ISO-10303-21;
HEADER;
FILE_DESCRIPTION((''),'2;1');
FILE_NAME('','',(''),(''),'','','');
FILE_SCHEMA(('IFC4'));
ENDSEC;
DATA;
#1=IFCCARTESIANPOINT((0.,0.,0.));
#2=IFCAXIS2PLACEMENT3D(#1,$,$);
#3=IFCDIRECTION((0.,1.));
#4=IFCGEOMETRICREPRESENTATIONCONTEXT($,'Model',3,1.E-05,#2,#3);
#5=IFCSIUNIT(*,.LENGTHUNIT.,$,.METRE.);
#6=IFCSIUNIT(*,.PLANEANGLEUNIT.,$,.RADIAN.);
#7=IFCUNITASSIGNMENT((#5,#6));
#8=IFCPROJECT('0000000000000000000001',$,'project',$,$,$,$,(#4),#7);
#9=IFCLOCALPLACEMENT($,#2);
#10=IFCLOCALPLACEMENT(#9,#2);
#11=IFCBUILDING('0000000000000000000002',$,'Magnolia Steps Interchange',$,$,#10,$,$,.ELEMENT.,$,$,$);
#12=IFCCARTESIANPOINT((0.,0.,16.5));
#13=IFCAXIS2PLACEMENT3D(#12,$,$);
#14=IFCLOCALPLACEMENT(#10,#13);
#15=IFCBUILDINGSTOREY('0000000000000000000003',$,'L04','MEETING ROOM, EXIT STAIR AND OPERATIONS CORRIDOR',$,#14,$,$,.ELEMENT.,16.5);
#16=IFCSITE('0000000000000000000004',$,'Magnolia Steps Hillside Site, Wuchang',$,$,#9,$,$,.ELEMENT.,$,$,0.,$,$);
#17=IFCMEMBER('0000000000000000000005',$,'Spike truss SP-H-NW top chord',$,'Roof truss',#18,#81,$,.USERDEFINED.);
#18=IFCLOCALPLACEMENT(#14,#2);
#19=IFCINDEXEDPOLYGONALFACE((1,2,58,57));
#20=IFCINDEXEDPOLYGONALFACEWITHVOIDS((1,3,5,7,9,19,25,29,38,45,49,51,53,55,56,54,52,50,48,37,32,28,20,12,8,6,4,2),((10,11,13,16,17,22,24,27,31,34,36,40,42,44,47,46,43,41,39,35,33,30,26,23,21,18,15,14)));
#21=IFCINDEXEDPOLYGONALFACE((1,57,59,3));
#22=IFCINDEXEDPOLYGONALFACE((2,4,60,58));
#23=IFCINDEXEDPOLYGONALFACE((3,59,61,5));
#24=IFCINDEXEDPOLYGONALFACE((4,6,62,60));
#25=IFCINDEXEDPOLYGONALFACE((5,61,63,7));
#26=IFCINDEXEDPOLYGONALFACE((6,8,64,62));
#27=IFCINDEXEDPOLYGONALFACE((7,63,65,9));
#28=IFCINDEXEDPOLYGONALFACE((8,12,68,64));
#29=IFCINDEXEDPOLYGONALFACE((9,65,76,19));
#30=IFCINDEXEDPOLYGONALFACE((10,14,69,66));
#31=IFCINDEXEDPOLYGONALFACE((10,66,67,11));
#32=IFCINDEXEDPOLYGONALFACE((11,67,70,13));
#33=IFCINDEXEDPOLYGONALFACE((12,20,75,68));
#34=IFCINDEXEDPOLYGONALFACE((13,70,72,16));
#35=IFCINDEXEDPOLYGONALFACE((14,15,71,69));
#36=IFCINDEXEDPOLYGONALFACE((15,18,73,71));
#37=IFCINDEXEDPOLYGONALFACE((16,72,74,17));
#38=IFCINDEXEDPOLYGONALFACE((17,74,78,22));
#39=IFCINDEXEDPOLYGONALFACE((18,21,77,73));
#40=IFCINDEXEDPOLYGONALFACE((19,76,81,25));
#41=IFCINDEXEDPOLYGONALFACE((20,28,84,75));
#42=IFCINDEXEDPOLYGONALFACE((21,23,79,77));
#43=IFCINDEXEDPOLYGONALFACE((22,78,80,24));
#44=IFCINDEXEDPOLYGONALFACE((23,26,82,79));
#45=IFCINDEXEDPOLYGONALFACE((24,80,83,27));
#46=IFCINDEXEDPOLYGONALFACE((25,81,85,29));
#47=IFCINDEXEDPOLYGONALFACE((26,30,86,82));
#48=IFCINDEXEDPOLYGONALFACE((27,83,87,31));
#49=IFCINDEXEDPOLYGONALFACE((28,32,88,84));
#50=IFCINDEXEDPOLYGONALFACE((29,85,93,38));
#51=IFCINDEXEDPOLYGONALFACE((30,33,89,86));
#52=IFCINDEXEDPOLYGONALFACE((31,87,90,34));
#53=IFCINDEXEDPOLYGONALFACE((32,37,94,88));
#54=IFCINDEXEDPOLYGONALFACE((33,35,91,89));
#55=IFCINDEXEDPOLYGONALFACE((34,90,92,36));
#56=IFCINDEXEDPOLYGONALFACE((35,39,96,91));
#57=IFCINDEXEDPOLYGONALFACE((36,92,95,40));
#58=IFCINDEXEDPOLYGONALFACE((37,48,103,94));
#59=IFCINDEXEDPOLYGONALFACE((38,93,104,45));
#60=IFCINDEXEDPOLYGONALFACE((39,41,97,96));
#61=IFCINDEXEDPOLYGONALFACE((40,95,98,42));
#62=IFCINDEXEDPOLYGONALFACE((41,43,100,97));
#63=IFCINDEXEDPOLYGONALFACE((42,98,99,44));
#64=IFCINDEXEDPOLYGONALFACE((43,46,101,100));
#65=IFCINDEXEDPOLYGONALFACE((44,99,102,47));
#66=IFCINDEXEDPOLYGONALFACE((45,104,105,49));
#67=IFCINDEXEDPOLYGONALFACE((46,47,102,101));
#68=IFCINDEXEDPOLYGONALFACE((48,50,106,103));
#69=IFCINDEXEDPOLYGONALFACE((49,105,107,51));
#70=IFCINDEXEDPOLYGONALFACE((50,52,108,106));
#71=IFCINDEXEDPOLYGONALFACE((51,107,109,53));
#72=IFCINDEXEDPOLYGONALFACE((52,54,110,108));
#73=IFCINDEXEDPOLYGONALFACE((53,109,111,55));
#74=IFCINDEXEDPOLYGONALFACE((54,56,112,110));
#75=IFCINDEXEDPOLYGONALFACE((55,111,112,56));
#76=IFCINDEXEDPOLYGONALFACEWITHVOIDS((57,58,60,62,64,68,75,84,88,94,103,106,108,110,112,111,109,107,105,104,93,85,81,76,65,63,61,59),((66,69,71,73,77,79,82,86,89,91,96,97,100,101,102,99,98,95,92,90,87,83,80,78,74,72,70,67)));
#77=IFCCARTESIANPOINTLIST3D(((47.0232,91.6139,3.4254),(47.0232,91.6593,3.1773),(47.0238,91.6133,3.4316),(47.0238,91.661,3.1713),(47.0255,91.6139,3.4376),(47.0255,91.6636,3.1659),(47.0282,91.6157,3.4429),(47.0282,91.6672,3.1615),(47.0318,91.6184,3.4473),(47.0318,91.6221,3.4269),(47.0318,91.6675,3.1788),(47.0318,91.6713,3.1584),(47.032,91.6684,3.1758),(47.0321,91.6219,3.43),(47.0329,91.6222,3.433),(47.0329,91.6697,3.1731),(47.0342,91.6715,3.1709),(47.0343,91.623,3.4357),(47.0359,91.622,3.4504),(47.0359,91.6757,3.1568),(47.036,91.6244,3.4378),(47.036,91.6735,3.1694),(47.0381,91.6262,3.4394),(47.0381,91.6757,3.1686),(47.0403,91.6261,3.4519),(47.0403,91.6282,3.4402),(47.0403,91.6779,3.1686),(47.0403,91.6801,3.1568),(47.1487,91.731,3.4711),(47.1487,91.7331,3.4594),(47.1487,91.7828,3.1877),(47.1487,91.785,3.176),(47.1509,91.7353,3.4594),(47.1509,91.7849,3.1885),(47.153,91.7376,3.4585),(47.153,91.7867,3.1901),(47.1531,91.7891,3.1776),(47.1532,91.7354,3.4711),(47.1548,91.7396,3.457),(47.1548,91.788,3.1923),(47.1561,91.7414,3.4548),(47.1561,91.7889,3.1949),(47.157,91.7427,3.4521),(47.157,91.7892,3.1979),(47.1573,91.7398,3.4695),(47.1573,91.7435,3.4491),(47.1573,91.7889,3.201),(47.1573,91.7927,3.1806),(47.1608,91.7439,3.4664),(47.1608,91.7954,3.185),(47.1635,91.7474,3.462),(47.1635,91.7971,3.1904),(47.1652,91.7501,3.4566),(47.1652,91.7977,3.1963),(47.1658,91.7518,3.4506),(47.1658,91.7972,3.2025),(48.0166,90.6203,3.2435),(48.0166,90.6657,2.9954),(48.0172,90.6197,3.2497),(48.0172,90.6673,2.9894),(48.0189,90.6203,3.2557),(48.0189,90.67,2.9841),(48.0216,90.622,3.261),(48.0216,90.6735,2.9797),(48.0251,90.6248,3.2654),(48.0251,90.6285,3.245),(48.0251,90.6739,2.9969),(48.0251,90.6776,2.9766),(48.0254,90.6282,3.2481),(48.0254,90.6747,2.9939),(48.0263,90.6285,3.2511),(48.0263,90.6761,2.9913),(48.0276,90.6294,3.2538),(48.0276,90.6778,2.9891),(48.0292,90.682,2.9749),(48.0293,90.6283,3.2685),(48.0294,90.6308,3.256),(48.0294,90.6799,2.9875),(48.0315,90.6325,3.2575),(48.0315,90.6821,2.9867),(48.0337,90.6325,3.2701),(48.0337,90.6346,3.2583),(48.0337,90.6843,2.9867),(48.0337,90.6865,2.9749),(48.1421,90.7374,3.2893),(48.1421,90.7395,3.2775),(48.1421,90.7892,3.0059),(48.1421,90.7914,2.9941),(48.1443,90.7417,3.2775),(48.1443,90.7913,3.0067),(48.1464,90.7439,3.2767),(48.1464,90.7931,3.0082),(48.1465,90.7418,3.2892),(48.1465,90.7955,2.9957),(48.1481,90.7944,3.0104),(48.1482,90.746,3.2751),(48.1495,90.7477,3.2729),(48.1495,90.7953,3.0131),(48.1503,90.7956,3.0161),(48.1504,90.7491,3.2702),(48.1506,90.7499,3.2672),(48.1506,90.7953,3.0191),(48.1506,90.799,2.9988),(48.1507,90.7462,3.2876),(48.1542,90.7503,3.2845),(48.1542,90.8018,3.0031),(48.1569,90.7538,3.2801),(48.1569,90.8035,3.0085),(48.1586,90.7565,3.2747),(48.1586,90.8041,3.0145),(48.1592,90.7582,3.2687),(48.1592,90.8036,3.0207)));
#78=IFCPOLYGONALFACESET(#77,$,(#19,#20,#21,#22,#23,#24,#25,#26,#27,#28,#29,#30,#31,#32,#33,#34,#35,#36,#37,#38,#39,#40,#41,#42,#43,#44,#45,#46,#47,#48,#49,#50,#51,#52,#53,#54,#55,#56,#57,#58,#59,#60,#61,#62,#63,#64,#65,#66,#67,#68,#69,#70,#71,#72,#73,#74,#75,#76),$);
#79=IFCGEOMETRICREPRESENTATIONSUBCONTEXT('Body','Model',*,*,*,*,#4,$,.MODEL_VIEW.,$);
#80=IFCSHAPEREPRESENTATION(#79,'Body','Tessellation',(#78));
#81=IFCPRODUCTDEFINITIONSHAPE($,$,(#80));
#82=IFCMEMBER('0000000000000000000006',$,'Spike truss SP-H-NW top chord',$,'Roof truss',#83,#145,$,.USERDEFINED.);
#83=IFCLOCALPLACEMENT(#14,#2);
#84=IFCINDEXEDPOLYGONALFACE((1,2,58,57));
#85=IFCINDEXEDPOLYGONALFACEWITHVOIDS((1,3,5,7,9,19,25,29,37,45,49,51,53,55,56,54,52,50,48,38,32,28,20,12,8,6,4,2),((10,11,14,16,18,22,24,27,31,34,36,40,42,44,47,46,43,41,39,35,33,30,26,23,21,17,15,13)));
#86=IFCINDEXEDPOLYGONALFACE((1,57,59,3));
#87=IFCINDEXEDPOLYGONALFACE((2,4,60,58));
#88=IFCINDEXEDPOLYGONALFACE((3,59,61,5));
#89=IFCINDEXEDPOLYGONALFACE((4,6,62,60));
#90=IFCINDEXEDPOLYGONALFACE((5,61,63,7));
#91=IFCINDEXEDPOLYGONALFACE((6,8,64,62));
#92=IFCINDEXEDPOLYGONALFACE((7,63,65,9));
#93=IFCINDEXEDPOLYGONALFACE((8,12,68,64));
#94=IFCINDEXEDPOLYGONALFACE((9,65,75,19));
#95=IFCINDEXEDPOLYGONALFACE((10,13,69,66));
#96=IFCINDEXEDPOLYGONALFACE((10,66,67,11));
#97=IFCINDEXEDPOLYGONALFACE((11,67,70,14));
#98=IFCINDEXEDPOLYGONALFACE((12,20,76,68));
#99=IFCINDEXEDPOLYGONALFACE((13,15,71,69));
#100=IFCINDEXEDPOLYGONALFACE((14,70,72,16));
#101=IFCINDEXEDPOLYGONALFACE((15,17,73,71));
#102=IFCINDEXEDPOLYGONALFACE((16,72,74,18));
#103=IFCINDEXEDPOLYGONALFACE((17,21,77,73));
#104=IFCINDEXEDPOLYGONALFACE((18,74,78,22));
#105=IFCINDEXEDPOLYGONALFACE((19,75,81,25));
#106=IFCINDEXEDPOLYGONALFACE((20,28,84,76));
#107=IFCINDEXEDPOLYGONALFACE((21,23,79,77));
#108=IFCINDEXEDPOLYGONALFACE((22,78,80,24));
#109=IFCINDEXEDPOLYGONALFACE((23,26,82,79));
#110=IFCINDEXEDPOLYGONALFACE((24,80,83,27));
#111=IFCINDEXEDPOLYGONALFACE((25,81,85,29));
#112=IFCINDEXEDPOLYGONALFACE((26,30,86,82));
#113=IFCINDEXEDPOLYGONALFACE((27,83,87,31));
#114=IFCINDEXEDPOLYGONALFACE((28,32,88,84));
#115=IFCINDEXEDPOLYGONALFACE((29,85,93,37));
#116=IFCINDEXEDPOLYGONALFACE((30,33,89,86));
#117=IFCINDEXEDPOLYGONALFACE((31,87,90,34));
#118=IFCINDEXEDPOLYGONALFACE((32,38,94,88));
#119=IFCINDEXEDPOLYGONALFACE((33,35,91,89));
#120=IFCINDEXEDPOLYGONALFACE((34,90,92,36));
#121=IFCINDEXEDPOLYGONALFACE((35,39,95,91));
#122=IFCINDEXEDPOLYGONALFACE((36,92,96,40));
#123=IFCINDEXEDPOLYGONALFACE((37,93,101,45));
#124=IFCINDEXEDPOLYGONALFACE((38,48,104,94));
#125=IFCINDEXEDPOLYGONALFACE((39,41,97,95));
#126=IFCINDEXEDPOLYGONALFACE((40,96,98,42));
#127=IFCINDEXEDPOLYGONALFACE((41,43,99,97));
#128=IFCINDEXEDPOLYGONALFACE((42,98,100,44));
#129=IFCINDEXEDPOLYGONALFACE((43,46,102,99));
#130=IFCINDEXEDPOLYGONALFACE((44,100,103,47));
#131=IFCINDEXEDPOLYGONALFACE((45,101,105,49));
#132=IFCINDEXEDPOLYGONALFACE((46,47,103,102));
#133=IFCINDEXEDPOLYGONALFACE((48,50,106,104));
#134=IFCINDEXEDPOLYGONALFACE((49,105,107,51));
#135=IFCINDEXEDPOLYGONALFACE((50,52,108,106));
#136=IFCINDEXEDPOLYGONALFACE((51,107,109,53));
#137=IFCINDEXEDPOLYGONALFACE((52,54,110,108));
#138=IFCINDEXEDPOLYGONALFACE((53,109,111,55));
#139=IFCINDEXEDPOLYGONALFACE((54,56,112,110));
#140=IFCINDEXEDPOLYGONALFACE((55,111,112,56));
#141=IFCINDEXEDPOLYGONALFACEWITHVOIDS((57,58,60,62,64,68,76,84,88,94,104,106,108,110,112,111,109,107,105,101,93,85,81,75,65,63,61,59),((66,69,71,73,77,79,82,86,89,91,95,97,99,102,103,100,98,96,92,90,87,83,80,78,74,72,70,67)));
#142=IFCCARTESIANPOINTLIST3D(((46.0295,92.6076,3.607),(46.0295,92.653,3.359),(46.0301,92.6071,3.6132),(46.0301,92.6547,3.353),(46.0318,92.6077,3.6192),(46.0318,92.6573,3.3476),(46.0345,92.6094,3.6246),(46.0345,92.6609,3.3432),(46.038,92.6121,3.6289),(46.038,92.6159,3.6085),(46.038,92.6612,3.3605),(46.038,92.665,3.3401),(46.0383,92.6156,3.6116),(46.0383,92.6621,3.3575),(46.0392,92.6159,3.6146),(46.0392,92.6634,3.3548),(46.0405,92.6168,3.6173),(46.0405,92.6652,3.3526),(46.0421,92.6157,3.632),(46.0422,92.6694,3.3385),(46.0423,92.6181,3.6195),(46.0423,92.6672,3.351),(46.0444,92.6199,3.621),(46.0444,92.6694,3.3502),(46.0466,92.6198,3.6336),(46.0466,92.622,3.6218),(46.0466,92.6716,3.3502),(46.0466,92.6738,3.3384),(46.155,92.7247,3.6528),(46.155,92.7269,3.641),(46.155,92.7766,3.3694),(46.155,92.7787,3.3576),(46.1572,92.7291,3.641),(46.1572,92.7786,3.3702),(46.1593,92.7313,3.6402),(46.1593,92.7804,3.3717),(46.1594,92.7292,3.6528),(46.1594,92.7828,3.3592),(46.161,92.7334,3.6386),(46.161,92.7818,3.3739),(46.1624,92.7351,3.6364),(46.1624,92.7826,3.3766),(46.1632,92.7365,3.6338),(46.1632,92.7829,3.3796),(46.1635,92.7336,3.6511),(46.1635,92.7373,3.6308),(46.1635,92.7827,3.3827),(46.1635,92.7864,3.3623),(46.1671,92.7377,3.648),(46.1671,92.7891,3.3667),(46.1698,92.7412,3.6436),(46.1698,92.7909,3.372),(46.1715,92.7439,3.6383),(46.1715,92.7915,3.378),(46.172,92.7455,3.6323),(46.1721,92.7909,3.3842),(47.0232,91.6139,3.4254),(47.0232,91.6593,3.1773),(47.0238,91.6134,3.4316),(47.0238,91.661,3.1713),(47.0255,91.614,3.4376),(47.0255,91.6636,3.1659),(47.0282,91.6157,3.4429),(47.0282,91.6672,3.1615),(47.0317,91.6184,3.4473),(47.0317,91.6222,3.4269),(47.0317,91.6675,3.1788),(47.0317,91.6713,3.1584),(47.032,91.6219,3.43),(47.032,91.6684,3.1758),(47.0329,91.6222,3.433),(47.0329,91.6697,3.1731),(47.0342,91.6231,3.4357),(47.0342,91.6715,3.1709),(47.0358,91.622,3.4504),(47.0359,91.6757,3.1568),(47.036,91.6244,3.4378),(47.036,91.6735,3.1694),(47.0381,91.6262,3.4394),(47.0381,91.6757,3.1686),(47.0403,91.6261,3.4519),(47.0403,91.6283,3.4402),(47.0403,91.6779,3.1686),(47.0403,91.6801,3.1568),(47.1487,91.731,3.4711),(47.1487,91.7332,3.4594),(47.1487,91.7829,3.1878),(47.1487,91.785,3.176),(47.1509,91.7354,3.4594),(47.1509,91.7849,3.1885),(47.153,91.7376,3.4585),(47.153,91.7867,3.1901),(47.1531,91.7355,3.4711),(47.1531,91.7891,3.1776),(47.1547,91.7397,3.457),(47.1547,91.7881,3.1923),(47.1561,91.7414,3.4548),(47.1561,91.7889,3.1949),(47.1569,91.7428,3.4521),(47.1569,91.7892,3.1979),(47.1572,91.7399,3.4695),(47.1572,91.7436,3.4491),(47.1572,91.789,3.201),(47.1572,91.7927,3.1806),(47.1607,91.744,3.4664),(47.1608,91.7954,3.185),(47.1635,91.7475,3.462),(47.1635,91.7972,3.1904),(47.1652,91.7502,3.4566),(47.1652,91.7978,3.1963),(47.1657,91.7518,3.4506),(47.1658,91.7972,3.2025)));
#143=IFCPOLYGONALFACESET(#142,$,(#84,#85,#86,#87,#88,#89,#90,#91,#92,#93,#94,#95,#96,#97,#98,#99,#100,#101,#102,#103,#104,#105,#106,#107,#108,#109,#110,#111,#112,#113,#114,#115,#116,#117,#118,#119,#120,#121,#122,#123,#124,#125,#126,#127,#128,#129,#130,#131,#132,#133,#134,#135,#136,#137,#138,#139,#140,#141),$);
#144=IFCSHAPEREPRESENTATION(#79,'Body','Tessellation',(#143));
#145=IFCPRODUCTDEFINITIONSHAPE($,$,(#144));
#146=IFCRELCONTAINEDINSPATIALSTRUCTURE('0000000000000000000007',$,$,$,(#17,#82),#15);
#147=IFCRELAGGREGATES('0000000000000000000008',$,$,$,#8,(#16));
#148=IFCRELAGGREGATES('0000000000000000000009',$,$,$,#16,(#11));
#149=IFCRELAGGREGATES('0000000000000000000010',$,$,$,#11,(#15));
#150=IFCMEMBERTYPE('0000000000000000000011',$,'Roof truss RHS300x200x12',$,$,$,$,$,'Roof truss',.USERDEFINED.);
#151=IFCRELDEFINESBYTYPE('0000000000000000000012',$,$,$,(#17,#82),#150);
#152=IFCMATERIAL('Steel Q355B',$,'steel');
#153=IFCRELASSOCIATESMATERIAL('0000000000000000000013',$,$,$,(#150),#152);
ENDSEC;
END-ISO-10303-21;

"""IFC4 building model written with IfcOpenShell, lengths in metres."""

from ifc_helpers import new_model, si_unit, direction, frame, origin, origin_2d, place, context, subcontext, project, spatial, hollow_rectangle, extrude, material, material_profile, profile_set, type_object, element, save


model = new_model("IFC4")

# Units and contexts
model_context = context("Model", 3, precision=1e-05, world=origin(), true_north=direction((0.0, 1.0)))
body_context = subcontext(model_context, "Body", "Model", "MODEL_VIEW")
ifc_project = project(units=[si_unit("LENGTHUNIT", "METRE"), si_unit("PLANEANGLEUNIT", "RADIAN")], contexts=[model_context])

# Site, building, storey
site_placement = place(None, origin())
site = spatial("IfcSite", under=ifc_project, at=site_placement, Name="Magnolia Steps Hillside Site, Wuchang", CompositionType="ELEMENT", RefElevation=0.0)
building_placement = place(site_placement, origin())
building = spatial("IfcBuilding", under=site, at=building_placement, Name="Magnolia Steps Interchange", CompositionType="ELEMENT")
storey_placement = place(building_placement, frame((0.0, 0.0, 16.5)))
storey = spatial("IfcBuildingStorey", under=building, at=storey_placement, Name="L04", Description="MEETING ROOM, EXIT STAIR AND OPERATIONS CORRIDOR", CompositionType="ELEMENT", Elevation=16.5)

# Members
ifc_material_1 = material(Name="Steel Q355B", Category="steel")
ifc_material_profile_1 = material_profile(ifc_material_1, hollow_rectangle(XDim=0.2, YDim=0.3, WallThickness=0.012, InnerFilletRadius=0.012, OuterFilletRadius=0.0239, at=origin_2d()), Name="RHS300x200x12")
ifc_profile_set_1 = profile_set([ifc_material_profile_1], Name="Steel Q355B")
member_type_1 = type_object("IfcMemberType", Name="Roof truss RHS300x200x12", ElementType="Roof truss", PredefinedType="USERDEFINED", material=ifc_profile_set_1)
for number, where, z_axis, x_axis, name in (
    (1, (48.0879, 90.7119, 3.1321), (-0.701169, 0.701342, 0.128378), (-0.712995, -0.689722, -0.126185), "Spike truss SP-H-NW top chord"),
):
    element("IfcMember", number, at=place(storey_placement, frame(where, z_axis=z_axis, x_axis=x_axis)), inside=storey, type_object=member_type_1, Name=name, ObjectType="Roof truss", PredefinedType="USERDEFINED", context=body_context, shape_type="SweptSolid", body=[
        extrude(hollow_rectangle(XDim=0.2, YDim=0.3, WallThickness=0.012, InnerFilletRadius=0.012, OuterFilletRadius=0.0239, at=origin_2d()), origin(), (0.0, 0.0, 1.0), 1.4167),
    ])
member_1_placement = place(storey_placement, frame((47.0945, 91.7056, 3.314), z_axis=(-0.701273, 0.701273, 0.128193), x_axis=(-0.712893, -0.689826, -0.126188)))
element("IfcMember", 2, at=member_1_placement, inside=storey, type_object=member_type_1, Name="Spike truss SP-H-NW top chord", ObjectType="Roof truss", PredefinedType="USERDEFINED", context=body_context, shape_type="SweptSolid", body=[
    extrude(hollow_rectangle(XDim=0.2, YDim=0.3, WallThickness=0.012, InnerFilletRadius=0.012, OuterFilletRadius=0.0239, at=origin_2d()), origin(), (0.0, 0.0, 1.0), 1.417),
])

save(model, "model.ifc")
